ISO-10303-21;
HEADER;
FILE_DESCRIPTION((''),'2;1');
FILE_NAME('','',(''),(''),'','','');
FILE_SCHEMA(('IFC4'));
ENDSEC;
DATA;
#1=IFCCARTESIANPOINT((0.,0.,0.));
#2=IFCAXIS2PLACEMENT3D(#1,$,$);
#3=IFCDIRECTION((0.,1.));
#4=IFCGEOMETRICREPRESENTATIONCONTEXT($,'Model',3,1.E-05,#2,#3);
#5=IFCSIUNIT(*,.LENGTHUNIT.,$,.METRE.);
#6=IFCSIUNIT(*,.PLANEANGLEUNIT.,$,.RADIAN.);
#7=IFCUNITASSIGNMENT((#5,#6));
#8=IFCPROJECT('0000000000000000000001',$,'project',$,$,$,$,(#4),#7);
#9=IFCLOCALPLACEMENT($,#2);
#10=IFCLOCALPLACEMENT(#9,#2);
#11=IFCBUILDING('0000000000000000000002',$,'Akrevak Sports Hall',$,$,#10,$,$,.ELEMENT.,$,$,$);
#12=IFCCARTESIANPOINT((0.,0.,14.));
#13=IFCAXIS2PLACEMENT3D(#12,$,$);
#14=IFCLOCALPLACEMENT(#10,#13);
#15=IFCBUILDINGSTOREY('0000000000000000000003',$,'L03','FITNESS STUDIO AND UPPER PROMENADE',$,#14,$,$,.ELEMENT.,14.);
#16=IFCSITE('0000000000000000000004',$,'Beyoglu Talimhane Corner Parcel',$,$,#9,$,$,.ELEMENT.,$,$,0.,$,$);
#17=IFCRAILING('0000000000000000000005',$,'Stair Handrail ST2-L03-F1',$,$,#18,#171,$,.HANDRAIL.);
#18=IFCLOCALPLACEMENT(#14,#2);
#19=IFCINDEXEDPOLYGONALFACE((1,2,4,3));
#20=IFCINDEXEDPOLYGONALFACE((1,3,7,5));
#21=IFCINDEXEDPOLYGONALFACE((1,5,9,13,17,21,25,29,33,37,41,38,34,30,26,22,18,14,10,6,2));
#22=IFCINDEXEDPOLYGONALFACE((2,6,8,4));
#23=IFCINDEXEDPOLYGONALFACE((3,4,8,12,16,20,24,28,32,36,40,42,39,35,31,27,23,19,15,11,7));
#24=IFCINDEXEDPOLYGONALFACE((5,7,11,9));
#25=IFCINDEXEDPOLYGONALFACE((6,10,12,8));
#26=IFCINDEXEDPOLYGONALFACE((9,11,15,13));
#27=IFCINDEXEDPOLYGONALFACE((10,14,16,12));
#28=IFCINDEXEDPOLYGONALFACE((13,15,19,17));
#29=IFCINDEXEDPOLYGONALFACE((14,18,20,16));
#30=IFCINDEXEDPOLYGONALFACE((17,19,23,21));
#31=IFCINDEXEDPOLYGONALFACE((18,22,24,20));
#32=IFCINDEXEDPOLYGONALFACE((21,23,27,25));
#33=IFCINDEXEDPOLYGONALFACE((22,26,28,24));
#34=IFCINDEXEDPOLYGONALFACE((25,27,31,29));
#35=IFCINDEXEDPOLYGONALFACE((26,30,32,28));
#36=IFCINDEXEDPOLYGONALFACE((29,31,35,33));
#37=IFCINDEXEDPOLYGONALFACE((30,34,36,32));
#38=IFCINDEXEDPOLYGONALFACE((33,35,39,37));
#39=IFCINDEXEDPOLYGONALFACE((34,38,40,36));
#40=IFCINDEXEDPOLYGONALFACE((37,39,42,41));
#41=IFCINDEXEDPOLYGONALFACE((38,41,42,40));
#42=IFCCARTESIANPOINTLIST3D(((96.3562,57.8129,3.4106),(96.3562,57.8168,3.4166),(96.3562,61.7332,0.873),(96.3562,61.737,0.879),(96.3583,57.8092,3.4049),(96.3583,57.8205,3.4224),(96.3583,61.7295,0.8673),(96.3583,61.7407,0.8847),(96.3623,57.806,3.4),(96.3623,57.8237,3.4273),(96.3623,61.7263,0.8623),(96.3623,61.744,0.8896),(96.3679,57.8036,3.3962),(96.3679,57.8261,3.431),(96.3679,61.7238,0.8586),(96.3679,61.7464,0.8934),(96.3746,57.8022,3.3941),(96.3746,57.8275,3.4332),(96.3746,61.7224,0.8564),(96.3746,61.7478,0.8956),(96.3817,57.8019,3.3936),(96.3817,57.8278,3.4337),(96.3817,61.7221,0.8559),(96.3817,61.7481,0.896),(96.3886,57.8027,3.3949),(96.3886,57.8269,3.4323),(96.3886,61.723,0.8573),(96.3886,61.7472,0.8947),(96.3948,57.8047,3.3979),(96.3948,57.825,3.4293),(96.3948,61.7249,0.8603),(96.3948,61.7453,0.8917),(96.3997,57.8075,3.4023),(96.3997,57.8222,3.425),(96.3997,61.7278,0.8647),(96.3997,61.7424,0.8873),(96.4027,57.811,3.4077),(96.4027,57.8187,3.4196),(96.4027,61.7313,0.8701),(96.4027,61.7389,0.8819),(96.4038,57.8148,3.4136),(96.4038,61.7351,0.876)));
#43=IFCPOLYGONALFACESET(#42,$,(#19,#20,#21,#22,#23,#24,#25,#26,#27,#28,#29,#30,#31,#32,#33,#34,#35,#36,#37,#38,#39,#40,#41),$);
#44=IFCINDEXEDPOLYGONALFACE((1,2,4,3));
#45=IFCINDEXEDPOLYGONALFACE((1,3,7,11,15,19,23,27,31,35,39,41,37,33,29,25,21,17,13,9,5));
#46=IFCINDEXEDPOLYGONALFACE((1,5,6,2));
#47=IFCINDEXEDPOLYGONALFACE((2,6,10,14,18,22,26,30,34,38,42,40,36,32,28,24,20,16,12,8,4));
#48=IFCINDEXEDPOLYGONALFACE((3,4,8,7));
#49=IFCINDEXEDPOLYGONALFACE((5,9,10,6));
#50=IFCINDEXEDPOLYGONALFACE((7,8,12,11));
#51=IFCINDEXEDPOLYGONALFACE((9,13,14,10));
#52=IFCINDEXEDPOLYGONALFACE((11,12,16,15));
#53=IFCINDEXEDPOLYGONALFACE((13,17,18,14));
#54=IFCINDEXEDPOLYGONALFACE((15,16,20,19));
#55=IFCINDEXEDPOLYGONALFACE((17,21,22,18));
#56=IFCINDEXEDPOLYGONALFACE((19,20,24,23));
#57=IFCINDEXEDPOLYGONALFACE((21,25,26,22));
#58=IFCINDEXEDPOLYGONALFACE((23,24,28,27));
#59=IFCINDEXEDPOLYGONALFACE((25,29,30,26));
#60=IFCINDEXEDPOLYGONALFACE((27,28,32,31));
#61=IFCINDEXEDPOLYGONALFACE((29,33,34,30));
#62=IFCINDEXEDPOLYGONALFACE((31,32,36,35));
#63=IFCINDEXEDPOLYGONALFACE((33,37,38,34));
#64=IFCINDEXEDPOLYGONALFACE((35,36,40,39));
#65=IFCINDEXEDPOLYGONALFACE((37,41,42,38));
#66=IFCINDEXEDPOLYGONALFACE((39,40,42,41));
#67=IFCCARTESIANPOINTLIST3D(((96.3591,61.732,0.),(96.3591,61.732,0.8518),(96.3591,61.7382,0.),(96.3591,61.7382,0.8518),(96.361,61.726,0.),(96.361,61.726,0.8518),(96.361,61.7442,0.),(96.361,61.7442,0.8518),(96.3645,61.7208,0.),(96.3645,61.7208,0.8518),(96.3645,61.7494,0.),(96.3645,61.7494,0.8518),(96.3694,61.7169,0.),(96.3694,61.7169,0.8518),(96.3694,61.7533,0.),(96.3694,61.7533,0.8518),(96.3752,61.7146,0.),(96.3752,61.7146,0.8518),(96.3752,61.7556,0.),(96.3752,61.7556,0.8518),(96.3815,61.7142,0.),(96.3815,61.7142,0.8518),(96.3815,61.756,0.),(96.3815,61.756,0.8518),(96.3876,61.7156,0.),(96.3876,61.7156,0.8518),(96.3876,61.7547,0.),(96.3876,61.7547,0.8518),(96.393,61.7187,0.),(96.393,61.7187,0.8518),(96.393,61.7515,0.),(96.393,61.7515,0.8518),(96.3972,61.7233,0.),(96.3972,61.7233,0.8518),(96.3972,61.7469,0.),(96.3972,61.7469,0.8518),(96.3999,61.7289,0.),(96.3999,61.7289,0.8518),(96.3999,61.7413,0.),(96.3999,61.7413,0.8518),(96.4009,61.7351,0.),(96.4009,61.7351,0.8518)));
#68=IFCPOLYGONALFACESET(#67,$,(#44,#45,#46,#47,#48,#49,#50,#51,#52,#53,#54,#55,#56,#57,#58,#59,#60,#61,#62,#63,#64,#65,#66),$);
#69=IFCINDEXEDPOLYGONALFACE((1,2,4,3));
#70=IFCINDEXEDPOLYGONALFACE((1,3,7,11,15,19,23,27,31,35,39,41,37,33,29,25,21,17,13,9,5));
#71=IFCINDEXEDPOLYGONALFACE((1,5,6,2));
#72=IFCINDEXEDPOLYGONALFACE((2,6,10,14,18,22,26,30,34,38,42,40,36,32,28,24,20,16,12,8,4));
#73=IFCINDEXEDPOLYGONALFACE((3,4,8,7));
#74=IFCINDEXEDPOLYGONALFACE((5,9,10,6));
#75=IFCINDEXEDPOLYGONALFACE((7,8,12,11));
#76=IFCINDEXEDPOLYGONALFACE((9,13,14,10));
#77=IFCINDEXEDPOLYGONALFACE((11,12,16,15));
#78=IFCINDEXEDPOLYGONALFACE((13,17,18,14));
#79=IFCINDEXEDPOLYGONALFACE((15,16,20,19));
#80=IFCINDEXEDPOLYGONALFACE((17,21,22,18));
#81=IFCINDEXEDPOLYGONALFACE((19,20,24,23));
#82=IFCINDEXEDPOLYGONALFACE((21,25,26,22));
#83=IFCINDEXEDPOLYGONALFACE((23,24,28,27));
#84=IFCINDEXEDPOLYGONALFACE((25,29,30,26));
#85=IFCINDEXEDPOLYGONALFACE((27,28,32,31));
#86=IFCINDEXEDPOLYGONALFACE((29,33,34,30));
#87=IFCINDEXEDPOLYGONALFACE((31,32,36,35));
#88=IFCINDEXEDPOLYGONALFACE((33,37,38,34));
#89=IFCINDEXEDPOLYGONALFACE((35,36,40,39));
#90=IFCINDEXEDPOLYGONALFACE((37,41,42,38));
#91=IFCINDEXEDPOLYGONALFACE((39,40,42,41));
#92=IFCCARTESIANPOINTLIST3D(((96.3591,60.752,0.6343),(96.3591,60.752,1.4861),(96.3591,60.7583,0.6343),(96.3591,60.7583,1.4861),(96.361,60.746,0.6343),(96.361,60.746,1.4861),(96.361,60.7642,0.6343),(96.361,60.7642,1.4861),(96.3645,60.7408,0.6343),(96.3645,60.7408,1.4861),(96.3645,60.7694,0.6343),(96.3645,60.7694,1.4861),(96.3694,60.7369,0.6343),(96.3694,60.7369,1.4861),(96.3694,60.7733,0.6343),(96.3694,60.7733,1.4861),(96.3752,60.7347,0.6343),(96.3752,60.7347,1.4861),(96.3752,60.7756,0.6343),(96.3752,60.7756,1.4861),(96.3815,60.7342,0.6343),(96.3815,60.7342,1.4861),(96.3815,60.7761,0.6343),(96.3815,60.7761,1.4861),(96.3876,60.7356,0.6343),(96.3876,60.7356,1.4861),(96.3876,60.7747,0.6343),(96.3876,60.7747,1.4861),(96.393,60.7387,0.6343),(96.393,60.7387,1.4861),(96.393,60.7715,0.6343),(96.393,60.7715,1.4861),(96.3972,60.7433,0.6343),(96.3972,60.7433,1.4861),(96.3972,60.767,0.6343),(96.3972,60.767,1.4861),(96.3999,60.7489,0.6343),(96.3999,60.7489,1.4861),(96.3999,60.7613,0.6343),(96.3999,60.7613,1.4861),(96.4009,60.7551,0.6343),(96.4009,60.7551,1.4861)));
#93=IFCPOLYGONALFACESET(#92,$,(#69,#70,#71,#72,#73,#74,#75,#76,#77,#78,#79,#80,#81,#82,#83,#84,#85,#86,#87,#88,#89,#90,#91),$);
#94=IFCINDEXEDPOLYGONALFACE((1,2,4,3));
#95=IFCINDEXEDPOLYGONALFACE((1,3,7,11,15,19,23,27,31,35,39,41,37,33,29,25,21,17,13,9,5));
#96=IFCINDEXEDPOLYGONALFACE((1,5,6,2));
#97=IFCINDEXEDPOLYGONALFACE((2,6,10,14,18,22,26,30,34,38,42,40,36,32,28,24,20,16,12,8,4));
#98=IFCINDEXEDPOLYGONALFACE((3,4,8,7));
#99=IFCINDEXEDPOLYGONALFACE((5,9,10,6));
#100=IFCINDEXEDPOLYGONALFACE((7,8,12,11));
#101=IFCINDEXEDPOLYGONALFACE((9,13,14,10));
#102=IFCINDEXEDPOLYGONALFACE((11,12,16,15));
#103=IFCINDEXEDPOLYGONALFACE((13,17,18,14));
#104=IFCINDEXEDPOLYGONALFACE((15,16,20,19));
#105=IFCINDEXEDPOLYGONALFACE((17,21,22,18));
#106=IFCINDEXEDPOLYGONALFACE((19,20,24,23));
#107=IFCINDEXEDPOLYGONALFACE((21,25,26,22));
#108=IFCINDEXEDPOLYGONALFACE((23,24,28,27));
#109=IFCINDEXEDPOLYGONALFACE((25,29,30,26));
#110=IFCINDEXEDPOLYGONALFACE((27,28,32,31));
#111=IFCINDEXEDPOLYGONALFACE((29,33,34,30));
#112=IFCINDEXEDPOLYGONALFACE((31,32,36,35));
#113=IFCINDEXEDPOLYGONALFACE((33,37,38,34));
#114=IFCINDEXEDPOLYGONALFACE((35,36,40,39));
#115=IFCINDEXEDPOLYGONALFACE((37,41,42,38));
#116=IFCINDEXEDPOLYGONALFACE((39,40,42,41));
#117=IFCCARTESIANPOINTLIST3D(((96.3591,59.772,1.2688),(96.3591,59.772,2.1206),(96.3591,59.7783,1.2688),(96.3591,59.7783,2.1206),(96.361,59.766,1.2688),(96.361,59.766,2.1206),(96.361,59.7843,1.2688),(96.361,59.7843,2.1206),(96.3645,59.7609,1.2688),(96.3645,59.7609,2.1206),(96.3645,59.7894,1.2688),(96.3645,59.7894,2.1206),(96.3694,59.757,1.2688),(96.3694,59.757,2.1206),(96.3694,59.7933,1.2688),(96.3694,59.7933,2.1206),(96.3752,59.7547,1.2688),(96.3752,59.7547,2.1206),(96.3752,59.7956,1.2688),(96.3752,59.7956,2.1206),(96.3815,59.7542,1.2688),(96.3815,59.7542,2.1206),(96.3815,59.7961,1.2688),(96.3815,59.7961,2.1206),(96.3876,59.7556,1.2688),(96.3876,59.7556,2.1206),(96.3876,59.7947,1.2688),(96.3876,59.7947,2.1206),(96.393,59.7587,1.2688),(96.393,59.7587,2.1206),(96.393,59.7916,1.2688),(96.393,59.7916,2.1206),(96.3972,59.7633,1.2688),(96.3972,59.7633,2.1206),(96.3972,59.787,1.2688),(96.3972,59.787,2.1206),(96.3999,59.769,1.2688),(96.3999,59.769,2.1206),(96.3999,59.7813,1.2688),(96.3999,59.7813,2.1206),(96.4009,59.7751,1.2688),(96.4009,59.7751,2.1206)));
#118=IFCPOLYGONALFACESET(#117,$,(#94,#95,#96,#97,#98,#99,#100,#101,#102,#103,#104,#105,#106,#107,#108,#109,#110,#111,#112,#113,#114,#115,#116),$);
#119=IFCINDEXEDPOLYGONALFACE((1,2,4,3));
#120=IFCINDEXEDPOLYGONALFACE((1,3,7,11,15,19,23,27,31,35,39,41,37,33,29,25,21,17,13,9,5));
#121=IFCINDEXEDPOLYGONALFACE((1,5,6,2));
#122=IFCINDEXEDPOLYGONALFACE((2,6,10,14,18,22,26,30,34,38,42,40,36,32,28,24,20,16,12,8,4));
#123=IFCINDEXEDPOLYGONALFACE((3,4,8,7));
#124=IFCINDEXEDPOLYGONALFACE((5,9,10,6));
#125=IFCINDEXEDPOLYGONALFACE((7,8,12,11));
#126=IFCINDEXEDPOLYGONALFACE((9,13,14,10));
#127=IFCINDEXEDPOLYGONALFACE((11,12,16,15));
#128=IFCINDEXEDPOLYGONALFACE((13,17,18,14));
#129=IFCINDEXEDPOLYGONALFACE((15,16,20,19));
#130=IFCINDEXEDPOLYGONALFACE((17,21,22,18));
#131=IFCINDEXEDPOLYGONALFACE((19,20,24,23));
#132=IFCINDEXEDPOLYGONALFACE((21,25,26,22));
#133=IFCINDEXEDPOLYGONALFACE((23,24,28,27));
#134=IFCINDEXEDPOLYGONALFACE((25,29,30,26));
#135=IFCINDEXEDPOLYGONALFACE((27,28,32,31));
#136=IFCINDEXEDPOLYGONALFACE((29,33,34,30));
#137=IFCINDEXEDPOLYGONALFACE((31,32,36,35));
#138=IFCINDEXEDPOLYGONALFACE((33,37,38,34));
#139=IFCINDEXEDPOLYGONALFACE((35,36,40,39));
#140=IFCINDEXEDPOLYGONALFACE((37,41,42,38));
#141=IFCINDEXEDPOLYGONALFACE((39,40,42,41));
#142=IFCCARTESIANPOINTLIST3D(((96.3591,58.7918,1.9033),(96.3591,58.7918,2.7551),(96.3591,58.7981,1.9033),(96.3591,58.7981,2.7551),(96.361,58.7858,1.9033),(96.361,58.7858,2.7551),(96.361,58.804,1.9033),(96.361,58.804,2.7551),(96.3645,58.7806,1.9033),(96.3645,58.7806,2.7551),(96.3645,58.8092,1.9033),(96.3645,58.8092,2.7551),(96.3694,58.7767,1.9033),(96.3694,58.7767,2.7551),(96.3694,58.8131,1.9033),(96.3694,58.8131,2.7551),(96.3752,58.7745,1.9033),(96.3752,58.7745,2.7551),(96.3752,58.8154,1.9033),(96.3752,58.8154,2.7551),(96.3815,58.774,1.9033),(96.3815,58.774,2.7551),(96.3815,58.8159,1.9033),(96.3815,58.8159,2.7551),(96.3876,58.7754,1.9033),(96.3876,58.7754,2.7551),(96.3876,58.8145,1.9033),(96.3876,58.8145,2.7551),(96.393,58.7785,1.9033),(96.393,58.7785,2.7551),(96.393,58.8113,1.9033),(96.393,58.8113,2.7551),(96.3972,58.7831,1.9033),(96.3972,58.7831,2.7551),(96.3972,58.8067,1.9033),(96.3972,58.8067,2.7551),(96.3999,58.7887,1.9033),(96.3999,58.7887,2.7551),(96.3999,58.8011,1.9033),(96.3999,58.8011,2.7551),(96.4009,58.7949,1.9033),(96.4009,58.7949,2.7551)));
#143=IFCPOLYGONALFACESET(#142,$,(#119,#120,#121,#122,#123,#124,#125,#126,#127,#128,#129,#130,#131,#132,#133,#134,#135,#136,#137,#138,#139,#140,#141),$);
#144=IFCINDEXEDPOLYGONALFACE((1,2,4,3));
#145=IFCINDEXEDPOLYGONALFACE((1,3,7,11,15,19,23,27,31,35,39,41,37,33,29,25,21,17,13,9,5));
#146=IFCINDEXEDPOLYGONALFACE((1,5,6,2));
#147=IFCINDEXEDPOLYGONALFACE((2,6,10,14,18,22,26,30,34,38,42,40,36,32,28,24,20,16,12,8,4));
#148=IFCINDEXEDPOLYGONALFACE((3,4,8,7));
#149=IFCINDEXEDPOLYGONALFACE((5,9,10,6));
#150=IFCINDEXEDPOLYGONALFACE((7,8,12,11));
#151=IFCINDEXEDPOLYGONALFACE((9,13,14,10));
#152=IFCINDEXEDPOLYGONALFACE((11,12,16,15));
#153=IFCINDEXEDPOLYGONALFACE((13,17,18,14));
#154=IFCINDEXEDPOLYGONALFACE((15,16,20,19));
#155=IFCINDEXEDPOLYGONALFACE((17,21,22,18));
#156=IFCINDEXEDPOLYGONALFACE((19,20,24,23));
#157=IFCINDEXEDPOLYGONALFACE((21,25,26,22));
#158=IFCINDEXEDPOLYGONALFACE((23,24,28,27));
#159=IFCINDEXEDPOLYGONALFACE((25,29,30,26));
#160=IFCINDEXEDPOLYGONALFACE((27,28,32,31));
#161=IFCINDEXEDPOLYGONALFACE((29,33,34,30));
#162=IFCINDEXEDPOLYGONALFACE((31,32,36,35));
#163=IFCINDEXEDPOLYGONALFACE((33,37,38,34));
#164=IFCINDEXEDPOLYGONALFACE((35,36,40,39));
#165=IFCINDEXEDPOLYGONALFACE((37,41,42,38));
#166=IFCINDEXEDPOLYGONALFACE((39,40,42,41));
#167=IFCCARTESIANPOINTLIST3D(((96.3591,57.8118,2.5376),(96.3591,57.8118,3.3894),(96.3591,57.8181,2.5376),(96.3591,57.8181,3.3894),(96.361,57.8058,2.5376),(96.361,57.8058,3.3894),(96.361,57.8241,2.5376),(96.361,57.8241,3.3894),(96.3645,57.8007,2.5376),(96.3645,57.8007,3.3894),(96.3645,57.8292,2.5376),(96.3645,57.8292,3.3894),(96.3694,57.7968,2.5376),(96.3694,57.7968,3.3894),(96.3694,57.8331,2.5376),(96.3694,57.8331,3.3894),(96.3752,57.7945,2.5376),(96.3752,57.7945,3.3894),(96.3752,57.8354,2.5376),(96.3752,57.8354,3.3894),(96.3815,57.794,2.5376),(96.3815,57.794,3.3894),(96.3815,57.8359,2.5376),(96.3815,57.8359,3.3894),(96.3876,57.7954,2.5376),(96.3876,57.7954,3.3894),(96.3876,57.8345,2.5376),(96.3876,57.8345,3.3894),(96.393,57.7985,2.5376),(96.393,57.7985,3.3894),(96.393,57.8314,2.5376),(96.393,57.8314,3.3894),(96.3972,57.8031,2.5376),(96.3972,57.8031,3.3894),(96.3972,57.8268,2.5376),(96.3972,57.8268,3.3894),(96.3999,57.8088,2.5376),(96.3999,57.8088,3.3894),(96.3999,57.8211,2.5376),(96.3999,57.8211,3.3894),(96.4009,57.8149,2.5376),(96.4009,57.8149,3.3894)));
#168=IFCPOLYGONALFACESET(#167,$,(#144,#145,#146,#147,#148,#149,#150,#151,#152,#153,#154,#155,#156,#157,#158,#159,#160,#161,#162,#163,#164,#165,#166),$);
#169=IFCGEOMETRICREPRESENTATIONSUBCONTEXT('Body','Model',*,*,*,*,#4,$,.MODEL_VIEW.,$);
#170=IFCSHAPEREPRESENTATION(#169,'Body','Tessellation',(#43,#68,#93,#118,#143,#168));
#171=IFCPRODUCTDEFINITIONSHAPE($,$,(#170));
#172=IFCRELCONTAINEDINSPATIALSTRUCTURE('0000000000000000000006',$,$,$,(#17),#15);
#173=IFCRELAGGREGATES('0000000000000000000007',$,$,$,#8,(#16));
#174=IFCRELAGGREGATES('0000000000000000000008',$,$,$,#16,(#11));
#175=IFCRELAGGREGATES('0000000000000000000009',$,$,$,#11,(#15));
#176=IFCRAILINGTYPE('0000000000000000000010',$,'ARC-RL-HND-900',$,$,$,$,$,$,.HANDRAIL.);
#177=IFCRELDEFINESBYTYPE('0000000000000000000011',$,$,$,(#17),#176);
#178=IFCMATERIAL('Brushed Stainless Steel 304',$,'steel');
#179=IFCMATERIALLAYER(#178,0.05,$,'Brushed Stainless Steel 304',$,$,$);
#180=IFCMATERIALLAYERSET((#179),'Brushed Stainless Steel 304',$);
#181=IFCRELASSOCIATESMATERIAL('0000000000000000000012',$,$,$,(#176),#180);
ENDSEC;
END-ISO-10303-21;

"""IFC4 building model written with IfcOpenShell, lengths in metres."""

from ifc_helpers import new_model, si_unit, direction, frame, origin, origin_2d, place, context, subcontext, project, spatial, circle, extrude, material, layer, layer_set, type_object, element, save


model = new_model("IFC4")

# Units and contexts
model_context = context("Model", 3, precision=1e-05, world=origin(), true_north=direction((0.0, 1.0)))
body_context = subcontext(model_context, "Body", "Model", "MODEL_VIEW")
ifc_project = project(units=[si_unit("LENGTHUNIT", "METRE"), si_unit("PLANEANGLEUNIT", "RADIAN")], contexts=[model_context])

# Site, building, storey
site_placement = place(None, origin())
site = spatial("IfcSite", under=ifc_project, at=site_placement, Name="Beyoglu Talimhane Corner Parcel", CompositionType="ELEMENT", RefElevation=0.0)
building_placement = place(site_placement, origin())
building = spatial("IfcBuilding", under=site, at=building_placement, Name="Akrevak Sports Hall", CompositionType="ELEMENT")
storey_placement = place(building_placement, frame((0.0, 0.0, 14.0)))
storey = spatial("IfcBuildingStorey", under=building, at=storey_placement, Name="L03", Description="FITNESS STUDIO AND UPPER PROMENADE", CompositionType="ELEMENT", Elevation=14.0)

# Railing
ifc_material_1 = material(Name="Brushed Stainless Steel 304", Category="steel")
ifc_layer_1 = layer(ifc_material_1, 0.05, Name="Brushed Stainless Steel 304")
ifc_layer_set_1 = layer_set([ifc_layer_1], Name="Brushed Stainless Steel 304")
railing_type_1 = type_object("IfcRailingType", Name="ARC-RL-HND-900", PredefinedType="HANDRAIL", material=ifc_layer_set_1)
railing_1_placement = place(storey_placement, frame((96.3799, 61.7351, 0.0)))
element("IfcRailing", 1, at=railing_1_placement, inside=storey, type_object=railing_type_1, Name="Stair Handrail ST2-L03-F1", PredefinedType="HANDRAIL", context=body_context, shape_type="SweptSolid", body=[
    extrude(circle(Radius=0.0239, at=origin_2d()), frame((0.0, 0.0, 0.876), z_axis=(0.0, -0.839471, 0.543405), x_axis=(1.0, 0.0, 0.0)), (0.0, 0.0, 1.0), 4.6699),
    extrude(circle(Radius=0.021, at=origin_2d()), origin(), (0.0, 0.0, 1.0), 0.8518),
    extrude(circle(Radius=0.021, at=origin_2d()), frame((0.0, -0.98, 0.6343)), (0.0, 0.0, 1.0), 0.8518),
    extrude(circle(Radius=0.021, at=origin_2d()), frame((0.0, -1.96, 1.2688)), (0.0, 0.0, 1.0), 0.8518),
    extrude(circle(Radius=0.021, at=origin_2d()), frame((0.0, -2.9402, 1.9033)), (0.0, 0.0, 1.0), 0.8518),
    extrude(circle(Radius=0.021, at=origin_2d()), frame((0.0, -3.9202, 2.5376)), (0.0, 0.0, 1.0), 0.8518),
])

save(model, "model.ifc")
